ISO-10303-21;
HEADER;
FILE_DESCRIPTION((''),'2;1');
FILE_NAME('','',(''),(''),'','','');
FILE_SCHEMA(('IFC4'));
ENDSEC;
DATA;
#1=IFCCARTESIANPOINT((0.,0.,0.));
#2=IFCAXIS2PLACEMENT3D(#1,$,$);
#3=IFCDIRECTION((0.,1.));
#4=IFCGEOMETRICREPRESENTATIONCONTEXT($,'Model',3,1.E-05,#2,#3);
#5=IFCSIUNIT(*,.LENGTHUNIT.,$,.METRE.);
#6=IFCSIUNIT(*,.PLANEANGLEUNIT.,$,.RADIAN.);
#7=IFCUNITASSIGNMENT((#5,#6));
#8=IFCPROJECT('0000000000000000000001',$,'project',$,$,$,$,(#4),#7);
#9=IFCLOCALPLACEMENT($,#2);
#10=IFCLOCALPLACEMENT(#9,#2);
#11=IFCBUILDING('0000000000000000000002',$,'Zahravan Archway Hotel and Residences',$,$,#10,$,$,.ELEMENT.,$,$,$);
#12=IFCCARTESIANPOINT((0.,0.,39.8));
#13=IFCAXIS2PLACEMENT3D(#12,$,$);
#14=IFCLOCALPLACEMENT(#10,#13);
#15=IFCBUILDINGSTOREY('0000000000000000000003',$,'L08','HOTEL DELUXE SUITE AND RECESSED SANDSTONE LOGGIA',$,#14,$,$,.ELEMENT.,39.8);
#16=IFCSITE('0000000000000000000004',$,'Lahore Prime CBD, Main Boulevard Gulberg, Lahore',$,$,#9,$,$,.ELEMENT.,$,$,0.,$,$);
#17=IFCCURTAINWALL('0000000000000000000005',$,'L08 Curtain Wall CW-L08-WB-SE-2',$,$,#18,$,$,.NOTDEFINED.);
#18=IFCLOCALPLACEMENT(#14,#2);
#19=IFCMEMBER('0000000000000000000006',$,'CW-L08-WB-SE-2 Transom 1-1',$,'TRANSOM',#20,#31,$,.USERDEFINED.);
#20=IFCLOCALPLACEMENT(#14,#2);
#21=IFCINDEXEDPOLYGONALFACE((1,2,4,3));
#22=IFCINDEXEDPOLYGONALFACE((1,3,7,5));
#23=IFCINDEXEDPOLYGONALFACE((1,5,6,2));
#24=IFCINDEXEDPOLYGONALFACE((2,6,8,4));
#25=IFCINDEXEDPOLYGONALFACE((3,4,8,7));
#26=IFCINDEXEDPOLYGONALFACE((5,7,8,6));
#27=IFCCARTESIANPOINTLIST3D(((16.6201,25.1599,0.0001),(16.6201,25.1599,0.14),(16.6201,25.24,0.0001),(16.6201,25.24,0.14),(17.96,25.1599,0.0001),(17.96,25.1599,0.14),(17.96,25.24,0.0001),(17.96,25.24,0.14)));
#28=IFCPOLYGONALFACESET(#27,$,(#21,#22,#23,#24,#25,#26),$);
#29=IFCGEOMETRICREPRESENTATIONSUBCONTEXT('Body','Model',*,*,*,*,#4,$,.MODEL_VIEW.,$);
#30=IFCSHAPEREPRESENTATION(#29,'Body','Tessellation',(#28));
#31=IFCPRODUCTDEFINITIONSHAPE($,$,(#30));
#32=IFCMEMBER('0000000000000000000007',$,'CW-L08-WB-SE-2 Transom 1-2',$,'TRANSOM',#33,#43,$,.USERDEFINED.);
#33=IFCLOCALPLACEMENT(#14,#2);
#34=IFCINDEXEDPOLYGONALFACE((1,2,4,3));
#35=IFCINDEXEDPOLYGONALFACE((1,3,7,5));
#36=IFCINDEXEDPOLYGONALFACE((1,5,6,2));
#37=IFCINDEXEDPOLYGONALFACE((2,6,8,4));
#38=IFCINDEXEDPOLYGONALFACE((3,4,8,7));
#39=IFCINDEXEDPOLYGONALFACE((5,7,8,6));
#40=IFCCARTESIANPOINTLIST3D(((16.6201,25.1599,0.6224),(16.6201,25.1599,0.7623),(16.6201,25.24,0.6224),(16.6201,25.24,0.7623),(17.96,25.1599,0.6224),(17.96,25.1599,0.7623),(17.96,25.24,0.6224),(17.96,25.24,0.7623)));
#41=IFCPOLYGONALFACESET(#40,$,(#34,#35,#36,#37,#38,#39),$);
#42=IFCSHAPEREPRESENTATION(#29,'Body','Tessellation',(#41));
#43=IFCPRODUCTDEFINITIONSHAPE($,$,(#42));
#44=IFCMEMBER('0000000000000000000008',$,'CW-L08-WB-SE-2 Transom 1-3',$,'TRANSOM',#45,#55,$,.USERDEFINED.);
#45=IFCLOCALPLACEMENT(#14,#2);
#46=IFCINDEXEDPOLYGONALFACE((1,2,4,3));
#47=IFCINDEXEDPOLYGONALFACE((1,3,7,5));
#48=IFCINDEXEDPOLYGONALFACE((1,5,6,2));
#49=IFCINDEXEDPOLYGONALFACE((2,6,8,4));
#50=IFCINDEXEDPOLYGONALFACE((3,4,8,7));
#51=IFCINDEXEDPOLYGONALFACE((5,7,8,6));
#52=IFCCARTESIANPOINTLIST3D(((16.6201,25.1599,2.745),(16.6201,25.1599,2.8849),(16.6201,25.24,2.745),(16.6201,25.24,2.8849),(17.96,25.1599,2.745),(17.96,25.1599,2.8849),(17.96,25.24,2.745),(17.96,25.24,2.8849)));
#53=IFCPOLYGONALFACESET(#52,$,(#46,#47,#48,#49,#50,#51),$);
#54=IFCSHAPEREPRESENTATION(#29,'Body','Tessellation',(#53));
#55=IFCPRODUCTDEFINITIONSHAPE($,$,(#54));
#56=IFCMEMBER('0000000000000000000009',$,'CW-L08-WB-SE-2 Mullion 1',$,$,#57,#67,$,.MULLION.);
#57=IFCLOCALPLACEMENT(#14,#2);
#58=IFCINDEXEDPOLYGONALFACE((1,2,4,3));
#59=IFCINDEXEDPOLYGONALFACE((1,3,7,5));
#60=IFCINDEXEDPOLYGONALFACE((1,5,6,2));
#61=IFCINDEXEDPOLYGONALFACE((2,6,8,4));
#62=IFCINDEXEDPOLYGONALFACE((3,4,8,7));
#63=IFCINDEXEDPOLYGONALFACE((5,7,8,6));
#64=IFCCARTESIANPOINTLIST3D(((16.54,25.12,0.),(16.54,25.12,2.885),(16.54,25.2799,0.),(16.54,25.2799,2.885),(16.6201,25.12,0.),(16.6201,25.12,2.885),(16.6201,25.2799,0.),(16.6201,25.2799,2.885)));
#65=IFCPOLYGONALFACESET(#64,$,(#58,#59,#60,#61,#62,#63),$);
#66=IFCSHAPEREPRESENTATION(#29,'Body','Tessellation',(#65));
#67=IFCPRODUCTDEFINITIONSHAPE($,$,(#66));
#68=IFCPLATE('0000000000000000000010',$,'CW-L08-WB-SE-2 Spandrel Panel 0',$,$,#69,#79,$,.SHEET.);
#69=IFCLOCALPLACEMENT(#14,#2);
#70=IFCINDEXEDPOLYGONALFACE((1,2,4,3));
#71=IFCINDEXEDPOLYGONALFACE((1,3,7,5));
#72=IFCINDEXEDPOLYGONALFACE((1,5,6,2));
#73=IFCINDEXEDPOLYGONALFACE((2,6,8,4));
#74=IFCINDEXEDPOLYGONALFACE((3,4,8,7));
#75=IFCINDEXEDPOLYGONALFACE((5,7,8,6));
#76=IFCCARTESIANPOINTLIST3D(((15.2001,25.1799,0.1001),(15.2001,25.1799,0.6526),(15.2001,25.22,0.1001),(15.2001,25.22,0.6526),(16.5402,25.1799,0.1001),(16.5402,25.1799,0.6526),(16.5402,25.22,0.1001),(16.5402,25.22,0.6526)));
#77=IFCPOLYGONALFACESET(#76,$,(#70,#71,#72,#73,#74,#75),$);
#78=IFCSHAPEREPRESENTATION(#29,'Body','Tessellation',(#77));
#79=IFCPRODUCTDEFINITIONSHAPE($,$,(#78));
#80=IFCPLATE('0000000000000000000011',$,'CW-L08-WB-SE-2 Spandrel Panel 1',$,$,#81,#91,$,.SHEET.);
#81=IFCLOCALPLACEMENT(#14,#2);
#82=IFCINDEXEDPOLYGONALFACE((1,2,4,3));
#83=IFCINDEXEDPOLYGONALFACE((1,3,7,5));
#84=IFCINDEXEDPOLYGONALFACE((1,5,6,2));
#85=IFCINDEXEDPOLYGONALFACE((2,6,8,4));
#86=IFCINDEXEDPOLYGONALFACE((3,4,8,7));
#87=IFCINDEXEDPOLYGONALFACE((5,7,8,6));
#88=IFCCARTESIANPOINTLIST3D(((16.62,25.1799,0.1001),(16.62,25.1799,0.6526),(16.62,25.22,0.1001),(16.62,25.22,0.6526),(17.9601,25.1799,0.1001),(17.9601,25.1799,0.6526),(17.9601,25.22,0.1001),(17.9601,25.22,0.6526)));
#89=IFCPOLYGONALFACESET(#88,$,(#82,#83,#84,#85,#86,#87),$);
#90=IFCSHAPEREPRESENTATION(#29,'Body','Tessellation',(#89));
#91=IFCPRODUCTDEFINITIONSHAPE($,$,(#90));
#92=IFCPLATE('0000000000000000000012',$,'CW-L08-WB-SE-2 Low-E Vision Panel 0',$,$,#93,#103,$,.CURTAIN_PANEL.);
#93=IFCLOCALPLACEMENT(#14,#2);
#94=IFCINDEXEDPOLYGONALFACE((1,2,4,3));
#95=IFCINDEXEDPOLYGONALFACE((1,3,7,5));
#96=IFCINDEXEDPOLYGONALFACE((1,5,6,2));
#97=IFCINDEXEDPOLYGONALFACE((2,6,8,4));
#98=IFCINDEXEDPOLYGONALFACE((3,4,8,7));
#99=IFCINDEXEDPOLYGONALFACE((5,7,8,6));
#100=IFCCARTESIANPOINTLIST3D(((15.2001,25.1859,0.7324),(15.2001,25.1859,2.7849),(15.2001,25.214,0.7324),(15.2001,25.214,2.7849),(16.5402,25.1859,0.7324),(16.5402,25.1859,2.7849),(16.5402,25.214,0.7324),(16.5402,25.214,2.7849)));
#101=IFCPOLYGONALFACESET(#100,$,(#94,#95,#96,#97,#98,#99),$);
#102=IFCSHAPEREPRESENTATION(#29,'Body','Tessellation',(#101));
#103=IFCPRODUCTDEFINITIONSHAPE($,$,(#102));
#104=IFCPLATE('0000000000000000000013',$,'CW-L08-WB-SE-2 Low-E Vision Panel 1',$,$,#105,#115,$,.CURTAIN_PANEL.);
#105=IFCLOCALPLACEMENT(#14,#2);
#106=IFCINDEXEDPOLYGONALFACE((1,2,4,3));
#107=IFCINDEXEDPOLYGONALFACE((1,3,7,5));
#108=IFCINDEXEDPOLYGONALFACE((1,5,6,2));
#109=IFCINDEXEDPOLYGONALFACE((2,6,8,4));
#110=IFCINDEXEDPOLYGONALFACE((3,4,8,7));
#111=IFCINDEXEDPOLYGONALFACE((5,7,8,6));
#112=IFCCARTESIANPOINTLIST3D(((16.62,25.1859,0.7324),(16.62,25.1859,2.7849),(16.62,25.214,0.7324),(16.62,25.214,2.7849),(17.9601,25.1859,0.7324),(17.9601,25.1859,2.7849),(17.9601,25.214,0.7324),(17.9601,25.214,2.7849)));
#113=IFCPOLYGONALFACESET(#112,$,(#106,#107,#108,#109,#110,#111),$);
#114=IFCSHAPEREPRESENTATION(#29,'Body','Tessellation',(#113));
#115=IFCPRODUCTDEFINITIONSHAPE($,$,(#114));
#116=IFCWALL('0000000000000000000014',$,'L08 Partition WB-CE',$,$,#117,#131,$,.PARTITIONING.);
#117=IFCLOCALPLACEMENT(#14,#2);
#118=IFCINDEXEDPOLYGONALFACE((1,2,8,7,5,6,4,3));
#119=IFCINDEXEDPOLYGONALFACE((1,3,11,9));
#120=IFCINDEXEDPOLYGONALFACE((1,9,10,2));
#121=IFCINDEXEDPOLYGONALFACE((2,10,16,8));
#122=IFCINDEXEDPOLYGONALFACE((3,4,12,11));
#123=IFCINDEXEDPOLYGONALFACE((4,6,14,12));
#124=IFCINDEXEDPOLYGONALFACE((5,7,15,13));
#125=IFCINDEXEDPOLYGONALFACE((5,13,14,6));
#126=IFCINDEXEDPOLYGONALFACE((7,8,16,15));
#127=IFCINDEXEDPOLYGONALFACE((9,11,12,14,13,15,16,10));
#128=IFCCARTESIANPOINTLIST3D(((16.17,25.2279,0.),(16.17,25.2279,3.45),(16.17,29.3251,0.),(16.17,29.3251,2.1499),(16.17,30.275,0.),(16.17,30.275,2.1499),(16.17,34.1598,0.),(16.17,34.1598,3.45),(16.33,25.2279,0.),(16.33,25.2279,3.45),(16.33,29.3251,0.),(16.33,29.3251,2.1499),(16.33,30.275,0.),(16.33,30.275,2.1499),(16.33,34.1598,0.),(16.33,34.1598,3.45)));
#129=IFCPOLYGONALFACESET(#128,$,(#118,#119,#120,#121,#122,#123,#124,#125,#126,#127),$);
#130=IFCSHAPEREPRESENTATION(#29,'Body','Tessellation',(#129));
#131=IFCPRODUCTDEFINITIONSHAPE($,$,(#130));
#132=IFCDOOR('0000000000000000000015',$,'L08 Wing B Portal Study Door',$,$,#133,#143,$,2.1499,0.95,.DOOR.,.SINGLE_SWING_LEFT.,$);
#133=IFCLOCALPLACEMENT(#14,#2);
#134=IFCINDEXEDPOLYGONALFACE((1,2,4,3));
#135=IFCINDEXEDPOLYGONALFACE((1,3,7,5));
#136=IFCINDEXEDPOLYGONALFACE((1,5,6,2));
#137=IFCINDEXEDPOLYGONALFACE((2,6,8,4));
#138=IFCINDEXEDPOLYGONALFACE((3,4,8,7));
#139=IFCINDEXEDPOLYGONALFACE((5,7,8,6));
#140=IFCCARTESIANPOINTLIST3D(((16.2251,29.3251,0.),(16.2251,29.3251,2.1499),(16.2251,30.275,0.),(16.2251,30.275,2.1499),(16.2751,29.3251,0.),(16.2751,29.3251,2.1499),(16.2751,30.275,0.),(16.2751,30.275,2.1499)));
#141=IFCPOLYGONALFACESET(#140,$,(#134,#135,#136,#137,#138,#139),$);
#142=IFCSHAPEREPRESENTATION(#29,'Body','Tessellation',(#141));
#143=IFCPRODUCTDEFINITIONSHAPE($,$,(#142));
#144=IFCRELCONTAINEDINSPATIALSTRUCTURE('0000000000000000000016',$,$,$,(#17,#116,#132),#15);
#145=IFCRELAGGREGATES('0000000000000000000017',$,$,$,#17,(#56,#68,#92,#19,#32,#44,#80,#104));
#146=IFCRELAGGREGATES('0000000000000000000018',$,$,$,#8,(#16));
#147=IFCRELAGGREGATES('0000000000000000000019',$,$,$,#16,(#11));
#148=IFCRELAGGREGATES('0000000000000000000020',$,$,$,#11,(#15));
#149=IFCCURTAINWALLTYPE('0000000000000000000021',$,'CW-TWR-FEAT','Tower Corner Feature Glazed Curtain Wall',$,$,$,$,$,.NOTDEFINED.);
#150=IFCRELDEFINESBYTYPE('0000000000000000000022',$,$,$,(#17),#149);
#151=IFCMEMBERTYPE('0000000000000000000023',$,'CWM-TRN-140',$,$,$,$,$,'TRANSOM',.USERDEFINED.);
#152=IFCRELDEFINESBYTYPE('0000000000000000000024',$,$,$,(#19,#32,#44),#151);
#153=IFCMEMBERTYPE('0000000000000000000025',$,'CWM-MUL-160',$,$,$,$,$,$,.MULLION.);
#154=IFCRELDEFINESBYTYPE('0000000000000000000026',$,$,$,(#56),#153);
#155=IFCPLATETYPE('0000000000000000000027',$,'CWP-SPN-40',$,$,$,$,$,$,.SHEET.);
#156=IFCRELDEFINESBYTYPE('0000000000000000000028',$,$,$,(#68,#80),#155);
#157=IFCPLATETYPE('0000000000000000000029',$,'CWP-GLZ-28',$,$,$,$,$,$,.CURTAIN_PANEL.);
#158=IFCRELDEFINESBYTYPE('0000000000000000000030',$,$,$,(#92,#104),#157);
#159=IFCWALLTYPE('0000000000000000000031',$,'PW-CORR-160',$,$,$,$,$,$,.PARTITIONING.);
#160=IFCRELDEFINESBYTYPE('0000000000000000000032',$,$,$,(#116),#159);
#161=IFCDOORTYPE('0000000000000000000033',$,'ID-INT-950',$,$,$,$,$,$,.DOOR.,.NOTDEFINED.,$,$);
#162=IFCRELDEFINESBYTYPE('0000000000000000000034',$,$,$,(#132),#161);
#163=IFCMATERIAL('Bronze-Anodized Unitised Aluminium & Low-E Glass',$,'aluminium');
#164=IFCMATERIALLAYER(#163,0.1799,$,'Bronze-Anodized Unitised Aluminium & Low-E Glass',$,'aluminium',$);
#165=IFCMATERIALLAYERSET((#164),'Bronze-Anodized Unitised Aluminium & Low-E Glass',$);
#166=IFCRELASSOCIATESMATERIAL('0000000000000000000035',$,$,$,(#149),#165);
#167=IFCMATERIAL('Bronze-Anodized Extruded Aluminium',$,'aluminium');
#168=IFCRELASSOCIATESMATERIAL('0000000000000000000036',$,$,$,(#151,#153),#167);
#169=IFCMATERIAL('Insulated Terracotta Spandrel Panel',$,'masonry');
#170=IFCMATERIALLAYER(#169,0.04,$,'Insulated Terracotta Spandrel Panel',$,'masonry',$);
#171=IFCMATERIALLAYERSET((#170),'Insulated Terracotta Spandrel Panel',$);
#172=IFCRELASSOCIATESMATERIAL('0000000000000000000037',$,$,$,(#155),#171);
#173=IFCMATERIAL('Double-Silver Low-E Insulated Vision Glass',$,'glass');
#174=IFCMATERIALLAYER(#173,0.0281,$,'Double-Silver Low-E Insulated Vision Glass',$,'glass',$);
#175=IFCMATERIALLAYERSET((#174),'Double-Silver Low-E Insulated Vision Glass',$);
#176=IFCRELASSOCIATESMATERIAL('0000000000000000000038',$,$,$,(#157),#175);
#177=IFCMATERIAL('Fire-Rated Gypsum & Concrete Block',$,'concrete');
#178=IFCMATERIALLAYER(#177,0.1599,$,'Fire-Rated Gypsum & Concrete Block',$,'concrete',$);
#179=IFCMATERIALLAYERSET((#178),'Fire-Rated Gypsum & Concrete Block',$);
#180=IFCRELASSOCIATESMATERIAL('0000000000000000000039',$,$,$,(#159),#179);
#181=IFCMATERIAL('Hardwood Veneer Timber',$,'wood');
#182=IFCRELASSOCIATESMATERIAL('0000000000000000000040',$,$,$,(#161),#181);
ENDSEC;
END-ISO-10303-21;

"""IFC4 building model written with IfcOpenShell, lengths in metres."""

from ifc_helpers import new_model, si_unit, direction, frame, frame_2d, origin, origin_2d, place, context, subcontext, project, spatial, rectangle, extrude, source, transform, mapped, material, layer, layer_set, material_profile, profile_set, type_object, type_shapes, element, fill, aggregate, save


model = new_model("IFC4")

# Units and contexts
model_context = context("Model", 3, precision=1e-05, world=origin(), true_north=direction((0.0, 1.0)))
body_context = subcontext(model_context, "Body", "Model", "MODEL_VIEW")
ifc_project = project(units=[si_unit("LENGTHUNIT", "METRE"), si_unit("PLANEANGLEUNIT", "RADIAN")], contexts=[model_context])

# Site, building, storey
site_placement = place(None, origin())
site = spatial("IfcSite", under=ifc_project, at=site_placement, Name="Lahore Prime CBD, Main Boulevard Gulberg, Lahore", CompositionType="ELEMENT", RefElevation=0.0)
building_placement = place(site_placement, origin())
building = spatial("IfcBuilding", under=site, at=building_placement, Name="Zahravan Archway Hotel and Residences", CompositionType="ELEMENT")
storey_placement = place(building_placement, frame((0.0, 0.0, 39.8)))
storey = spatial("IfcBuildingStorey", under=building, at=storey_placement, Name="L08", Description="HOTEL DELUXE SUITE AND RECESSED SANDSTONE LOGGIA", CompositionType="ELEMENT", Elevation=39.8)

# Curtain wall, members, plates
ifc_material_1 = material(Name="Bronze-Anodized Unitised Aluminium & Low-E Glass", Category="aluminium")
ifc_layer_1 = layer(ifc_material_1, 0.1799, Name="Bronze-Anodized Unitised Aluminium & Low-E Glass", Category="aluminium")
ifc_layer_set_1 = layer_set([ifc_layer_1], Name="Bronze-Anodized Unitised Aluminium & Low-E Glass")
curtain_wall_type = type_object("IfcCurtainWallType", Name="CW-TWR-FEAT", Description="Tower Corner Feature Glazed Curtain Wall", PredefinedType="NOTDEFINED", material=ifc_layer_set_1)
curtain_wall_placement = place(storey_placement, origin())
curtain_wall = element("IfcCurtainWall", 1, at=curtain_wall_placement, inside=storey, type_object=curtain_wall_type, Name="L08 Curtain Wall CW-L08-WB-SE-2", PredefinedType="NOTDEFINED")
ifc_material_2 = material(Name="Bronze-Anodized Extruded Aluminium", Category="aluminium")
ifc_material_profile_1 = material_profile(ifc_material_2, rectangle(XDim=0.0801, YDim=0.1399, at=origin_2d()), Name="TRN 80x140", Category="aluminium")
ifc_profile_set_1 = profile_set([ifc_material_profile_1], Name="Bronze-Anodized Extruded Aluminium")
member_type_1 = type_object("IfcMemberType", Name="CWM-TRN-140", ElementType="TRANSOM", PredefinedType="USERDEFINED", material=ifc_profile_set_1)
shared_shape_1 = source(origin(), body_context, "Body", "SweptSolid", [
    extrude(rectangle(XDim=0.0801, YDim=0.1399, at=origin_2d()), origin(), (0.0, 0.0, 1.0), 1.3398),
])
member_1_placement = place(storey_placement, frame((16.6201, 25.2, 0.0701), z_axis=(1.0, 0.0, 0.0), x_axis=(0.0, 1.0, 0.0)))
member_1 = element("IfcMember", 2, at=member_1_placement, type_object=member_type_1, Name="CW-L08-WB-SE-2 Transom 1-1", ObjectType="TRANSOM", PredefinedType="USERDEFINED", context=body_context, shape_type="MappedRepresentation", body=[
    mapped(shared_shape_1, transform((0.0, 0.0, 0.0), scale=1.0)),
])
member_2_placement = place(storey_placement, frame((16.6201, 25.2, 0.6924), z_axis=(1.0, 0.0, 0.0), x_axis=(0.0, 1.0, 0.0)))
member_2 = element("IfcMember", 3, at=member_2_placement, type_object=member_type_1, Name="CW-L08-WB-SE-2 Transom 1-2", ObjectType="TRANSOM", PredefinedType="USERDEFINED", context=body_context, shape_type="MappedRepresentation", body=[
    mapped(shared_shape_1, transform((0.0, 0.0, 0.0), scale=1.0)),
])
member_3_placement = place(storey_placement, frame((16.6201, 25.2, 2.8149), z_axis=(1.0, 0.0, 0.0), x_axis=(0.0, 1.0, 0.0)))
member_3 = element("IfcMember", 4, at=member_3_placement, type_object=member_type_1, Name="CW-L08-WB-SE-2 Transom 1-3", ObjectType="TRANSOM", PredefinedType="USERDEFINED", context=body_context, shape_type="MappedRepresentation", body=[
    mapped(shared_shape_1, transform((0.0, 0.0, 0.0), scale=1.0)),
])
ifc_material_profile_2 = material_profile(ifc_material_2, rectangle(XDim=0.0801, YDim=0.1599, at=origin_2d()), Name="MUL 80x160", Category="aluminium")
ifc_profile_set_2 = profile_set([ifc_material_profile_2], Name="Bronze-Anodized Extruded Aluminium")
member_type_2 = type_object("IfcMemberType", Name="CWM-MUL-160", PredefinedType="MULLION", material=ifc_profile_set_2)
shared_shape_2 = source(origin(), body_context, "Body", "SweptSolid", [
    extrude(rectangle(XDim=0.0801, YDim=0.1599, at=origin_2d()), origin(), (0.0, 0.0, 1.0), 2.885),
])
member_4_placement = place(storey_placement, frame((16.5801, 25.2, 0.0), z_axis=(0.0, 0.0, 1.0), x_axis=(1.0, 0.0, 0.0)))
member_4 = element("IfcMember", 5, at=member_4_placement, type_object=member_type_2, Name="CW-L08-WB-SE-2 Mullion 1", PredefinedType="MULLION", context=body_context, shape_type="MappedRepresentation", body=[
    mapped(shared_shape_2, transform((0.0, 0.0, 0.0), scale=1.0)),
])
ifc_material_3 = material(Name="Insulated Terracotta Spandrel Panel", Category="masonry")
ifc_layer_2 = layer(ifc_material_3, 0.04, Name="Insulated Terracotta Spandrel Panel", Category="masonry")
ifc_layer_set_2 = layer_set([ifc_layer_2], Name="Insulated Terracotta Spandrel Panel")
plate_type_1 = type_object("IfcPlateType", Name="CWP-SPN-40", PredefinedType="SHEET", material=ifc_layer_set_2)
shared_shape_3 = source(origin(), body_context, "Body", "SweptSolid", [
    extrude(rectangle(XDim=1.3401, YDim=0.04, at=origin_2d()), origin(), (0.0, 0.0, 1.0), 0.5525),
])
plate_1_placement = place(storey_placement, frame((15.8701, 25.2, 0.1001), z_axis=(0.0, 0.0, 1.0), x_axis=(1.0, 0.0, 0.0)))
plate_1 = element("IfcPlate", 6, at=plate_1_placement, type_object=plate_type_1, Name="CW-L08-WB-SE-2 Spandrel Panel 0", PredefinedType="SHEET", context=body_context, shape_type="MappedRepresentation", body=[
    mapped(shared_shape_3, transform((0.0, 0.0, 0.0), scale=1.0)),
])
plate_2_placement = place(storey_placement, frame((17.29, 25.2, 0.1001), z_axis=(0.0, 0.0, 1.0), x_axis=(1.0, 0.0, 0.0)))
plate_2 = element("IfcPlate", 7, at=plate_2_placement, type_object=plate_type_1, Name="CW-L08-WB-SE-2 Spandrel Panel 1", PredefinedType="SHEET", context=body_context, shape_type="MappedRepresentation", body=[
    mapped(shared_shape_3, transform((0.0, 0.0, 0.0), scale=1.0)),
])
ifc_material_4 = material(Name="Double-Silver Low-E Insulated Vision Glass", Category="glass")
ifc_layer_3 = layer(ifc_material_4, 0.0281, Name="Double-Silver Low-E Insulated Vision Glass", Category="glass")
ifc_layer_set_3 = layer_set([ifc_layer_3], Name="Double-Silver Low-E Insulated Vision Glass")
plate_type_2 = type_object("IfcPlateType", Name="CWP-GLZ-28", PredefinedType="CURTAIN_PANEL", material=ifc_layer_set_3)
shared_shape_4 = source(origin(), body_context, "Body", "SweptSolid", [
    extrude(rectangle(XDim=1.3401, YDim=0.0281, at=origin_2d()), origin(), (0.0, 0.0, 1.0), 2.0525),
])
plate_3_placement = place(storey_placement, frame((15.8701, 25.2, 0.7324), z_axis=(0.0, 0.0, 1.0), x_axis=(1.0, 0.0, 0.0)))
plate_3 = element("IfcPlate", 8, at=plate_3_placement, type_object=plate_type_2, Name="CW-L08-WB-SE-2 Low-E Vision Panel 0", PredefinedType="CURTAIN_PANEL", context=body_context, shape_type="MappedRepresentation", body=[
    mapped(shared_shape_4, transform((0.0, 0.0, 0.0), scale=1.0)),
])
plate_4_placement = place(storey_placement, frame((17.29, 25.2, 0.7324), z_axis=(0.0, 0.0, 1.0), x_axis=(1.0, 0.0, 0.0)))
plate_4 = element("IfcPlate", 9, at=plate_4_placement, type_object=plate_type_2, Name="CW-L08-WB-SE-2 Low-E Vision Panel 1", PredefinedType="CURTAIN_PANEL", context=body_context, shape_type="MappedRepresentation", body=[
    mapped(shared_shape_4, transform((0.0, 0.0, 0.0), scale=1.0)),
])
aggregate(curtain_wall, [member_4, plate_1, plate_3, member_1, member_2, member_3, plate_2, plate_4])

# Wall, opening, door
ifc_material_5 = material(Name="Fire-Rated Gypsum & Concrete Block", Category="concrete")
ifc_layer_4 = layer(ifc_material_5, 0.1599, Name="Fire-Rated Gypsum & Concrete Block", Category="concrete")
ifc_layer_set_4 = layer_set([ifc_layer_4], Name="Fire-Rated Gypsum & Concrete Block")
wall_type = type_object("IfcWallType", Name="PW-CORR-160", PredefinedType="PARTITIONING", material=ifc_layer_set_4)
wall_placement = place(storey_placement, frame((16.25, 25.228, 0.0), z_axis=(0.0, 0.0, 1.0), x_axis=(0.0, 1.0, 0.0)))
wall = element("IfcWall", 10, at=wall_placement, inside=storey, type_object=wall_type, Name="L08 Partition WB-CE", PredefinedType="PARTITIONING", context=body_context, shape_type="SweptSolid", body=[
    extrude(rectangle(XDim=8.9319, YDim=0.1599, at=frame_2d((4.4658, 0.0))), origin(), (0.0, 0.0, 1.0), 3.45),
])
opening_placement = place(wall_placement, frame((4.0969, 0.0, 0.0)))
opening = element("IfcOpeningElement", 11, at=opening_placement, cuts=wall, PredefinedType="OPENING", context=body_context, shape_type="SweptSolid", body=[
    extrude(rectangle(XDim=0.95, YDim=2.1499, at=frame_2d((0.4751, 1.075))), frame((0.0, 0.0898, 0.0), z_axis=(0.0, -1.0, 0.0), x_axis=(1.0, 0.0, 0.0)), (0.0, 0.0, 1.0), 0.1799),
])
ifc_material_6 = material(Name="Hardwood Veneer Timber", Category="wood")
door_type = type_object("IfcDoorType", Name="ID-INT-950", OperationType="NOTDEFINED", PredefinedType="DOOR", material=ifc_material_6)
shared_shape_5 = source(origin(), body_context, "Body", "SweptSolid", [
    extrude(rectangle(XDim=0.95, YDim=2.1499, at=frame_2d((0.4751, 1.075))), frame((0.0, 0.0249, 0.0), z_axis=(0.0, -1.0, 0.0), x_axis=(1.0, 0.0, 0.0)), (0.0, 0.0, 1.0), 0.05),
])
type_shapes(door_type, [shared_shape_5])
door_placement = place(opening_placement, origin())
door = element("IfcDoor", 12, at=door_placement, inside=storey, type_object=door_type, Name="L08 Wing B Portal Study Door", OperationType="SINGLE_SWING_LEFT", OverallHeight=2.1499, OverallWidth=0.95, PredefinedType="DOOR", context=body_context, shape_type="MappedRepresentation", body=[
    mapped(shared_shape_5, transform((0.0, 0.0, 0.0), scale=1.0)),
])
fill(opening, door)

save(model, "model.ifc")
